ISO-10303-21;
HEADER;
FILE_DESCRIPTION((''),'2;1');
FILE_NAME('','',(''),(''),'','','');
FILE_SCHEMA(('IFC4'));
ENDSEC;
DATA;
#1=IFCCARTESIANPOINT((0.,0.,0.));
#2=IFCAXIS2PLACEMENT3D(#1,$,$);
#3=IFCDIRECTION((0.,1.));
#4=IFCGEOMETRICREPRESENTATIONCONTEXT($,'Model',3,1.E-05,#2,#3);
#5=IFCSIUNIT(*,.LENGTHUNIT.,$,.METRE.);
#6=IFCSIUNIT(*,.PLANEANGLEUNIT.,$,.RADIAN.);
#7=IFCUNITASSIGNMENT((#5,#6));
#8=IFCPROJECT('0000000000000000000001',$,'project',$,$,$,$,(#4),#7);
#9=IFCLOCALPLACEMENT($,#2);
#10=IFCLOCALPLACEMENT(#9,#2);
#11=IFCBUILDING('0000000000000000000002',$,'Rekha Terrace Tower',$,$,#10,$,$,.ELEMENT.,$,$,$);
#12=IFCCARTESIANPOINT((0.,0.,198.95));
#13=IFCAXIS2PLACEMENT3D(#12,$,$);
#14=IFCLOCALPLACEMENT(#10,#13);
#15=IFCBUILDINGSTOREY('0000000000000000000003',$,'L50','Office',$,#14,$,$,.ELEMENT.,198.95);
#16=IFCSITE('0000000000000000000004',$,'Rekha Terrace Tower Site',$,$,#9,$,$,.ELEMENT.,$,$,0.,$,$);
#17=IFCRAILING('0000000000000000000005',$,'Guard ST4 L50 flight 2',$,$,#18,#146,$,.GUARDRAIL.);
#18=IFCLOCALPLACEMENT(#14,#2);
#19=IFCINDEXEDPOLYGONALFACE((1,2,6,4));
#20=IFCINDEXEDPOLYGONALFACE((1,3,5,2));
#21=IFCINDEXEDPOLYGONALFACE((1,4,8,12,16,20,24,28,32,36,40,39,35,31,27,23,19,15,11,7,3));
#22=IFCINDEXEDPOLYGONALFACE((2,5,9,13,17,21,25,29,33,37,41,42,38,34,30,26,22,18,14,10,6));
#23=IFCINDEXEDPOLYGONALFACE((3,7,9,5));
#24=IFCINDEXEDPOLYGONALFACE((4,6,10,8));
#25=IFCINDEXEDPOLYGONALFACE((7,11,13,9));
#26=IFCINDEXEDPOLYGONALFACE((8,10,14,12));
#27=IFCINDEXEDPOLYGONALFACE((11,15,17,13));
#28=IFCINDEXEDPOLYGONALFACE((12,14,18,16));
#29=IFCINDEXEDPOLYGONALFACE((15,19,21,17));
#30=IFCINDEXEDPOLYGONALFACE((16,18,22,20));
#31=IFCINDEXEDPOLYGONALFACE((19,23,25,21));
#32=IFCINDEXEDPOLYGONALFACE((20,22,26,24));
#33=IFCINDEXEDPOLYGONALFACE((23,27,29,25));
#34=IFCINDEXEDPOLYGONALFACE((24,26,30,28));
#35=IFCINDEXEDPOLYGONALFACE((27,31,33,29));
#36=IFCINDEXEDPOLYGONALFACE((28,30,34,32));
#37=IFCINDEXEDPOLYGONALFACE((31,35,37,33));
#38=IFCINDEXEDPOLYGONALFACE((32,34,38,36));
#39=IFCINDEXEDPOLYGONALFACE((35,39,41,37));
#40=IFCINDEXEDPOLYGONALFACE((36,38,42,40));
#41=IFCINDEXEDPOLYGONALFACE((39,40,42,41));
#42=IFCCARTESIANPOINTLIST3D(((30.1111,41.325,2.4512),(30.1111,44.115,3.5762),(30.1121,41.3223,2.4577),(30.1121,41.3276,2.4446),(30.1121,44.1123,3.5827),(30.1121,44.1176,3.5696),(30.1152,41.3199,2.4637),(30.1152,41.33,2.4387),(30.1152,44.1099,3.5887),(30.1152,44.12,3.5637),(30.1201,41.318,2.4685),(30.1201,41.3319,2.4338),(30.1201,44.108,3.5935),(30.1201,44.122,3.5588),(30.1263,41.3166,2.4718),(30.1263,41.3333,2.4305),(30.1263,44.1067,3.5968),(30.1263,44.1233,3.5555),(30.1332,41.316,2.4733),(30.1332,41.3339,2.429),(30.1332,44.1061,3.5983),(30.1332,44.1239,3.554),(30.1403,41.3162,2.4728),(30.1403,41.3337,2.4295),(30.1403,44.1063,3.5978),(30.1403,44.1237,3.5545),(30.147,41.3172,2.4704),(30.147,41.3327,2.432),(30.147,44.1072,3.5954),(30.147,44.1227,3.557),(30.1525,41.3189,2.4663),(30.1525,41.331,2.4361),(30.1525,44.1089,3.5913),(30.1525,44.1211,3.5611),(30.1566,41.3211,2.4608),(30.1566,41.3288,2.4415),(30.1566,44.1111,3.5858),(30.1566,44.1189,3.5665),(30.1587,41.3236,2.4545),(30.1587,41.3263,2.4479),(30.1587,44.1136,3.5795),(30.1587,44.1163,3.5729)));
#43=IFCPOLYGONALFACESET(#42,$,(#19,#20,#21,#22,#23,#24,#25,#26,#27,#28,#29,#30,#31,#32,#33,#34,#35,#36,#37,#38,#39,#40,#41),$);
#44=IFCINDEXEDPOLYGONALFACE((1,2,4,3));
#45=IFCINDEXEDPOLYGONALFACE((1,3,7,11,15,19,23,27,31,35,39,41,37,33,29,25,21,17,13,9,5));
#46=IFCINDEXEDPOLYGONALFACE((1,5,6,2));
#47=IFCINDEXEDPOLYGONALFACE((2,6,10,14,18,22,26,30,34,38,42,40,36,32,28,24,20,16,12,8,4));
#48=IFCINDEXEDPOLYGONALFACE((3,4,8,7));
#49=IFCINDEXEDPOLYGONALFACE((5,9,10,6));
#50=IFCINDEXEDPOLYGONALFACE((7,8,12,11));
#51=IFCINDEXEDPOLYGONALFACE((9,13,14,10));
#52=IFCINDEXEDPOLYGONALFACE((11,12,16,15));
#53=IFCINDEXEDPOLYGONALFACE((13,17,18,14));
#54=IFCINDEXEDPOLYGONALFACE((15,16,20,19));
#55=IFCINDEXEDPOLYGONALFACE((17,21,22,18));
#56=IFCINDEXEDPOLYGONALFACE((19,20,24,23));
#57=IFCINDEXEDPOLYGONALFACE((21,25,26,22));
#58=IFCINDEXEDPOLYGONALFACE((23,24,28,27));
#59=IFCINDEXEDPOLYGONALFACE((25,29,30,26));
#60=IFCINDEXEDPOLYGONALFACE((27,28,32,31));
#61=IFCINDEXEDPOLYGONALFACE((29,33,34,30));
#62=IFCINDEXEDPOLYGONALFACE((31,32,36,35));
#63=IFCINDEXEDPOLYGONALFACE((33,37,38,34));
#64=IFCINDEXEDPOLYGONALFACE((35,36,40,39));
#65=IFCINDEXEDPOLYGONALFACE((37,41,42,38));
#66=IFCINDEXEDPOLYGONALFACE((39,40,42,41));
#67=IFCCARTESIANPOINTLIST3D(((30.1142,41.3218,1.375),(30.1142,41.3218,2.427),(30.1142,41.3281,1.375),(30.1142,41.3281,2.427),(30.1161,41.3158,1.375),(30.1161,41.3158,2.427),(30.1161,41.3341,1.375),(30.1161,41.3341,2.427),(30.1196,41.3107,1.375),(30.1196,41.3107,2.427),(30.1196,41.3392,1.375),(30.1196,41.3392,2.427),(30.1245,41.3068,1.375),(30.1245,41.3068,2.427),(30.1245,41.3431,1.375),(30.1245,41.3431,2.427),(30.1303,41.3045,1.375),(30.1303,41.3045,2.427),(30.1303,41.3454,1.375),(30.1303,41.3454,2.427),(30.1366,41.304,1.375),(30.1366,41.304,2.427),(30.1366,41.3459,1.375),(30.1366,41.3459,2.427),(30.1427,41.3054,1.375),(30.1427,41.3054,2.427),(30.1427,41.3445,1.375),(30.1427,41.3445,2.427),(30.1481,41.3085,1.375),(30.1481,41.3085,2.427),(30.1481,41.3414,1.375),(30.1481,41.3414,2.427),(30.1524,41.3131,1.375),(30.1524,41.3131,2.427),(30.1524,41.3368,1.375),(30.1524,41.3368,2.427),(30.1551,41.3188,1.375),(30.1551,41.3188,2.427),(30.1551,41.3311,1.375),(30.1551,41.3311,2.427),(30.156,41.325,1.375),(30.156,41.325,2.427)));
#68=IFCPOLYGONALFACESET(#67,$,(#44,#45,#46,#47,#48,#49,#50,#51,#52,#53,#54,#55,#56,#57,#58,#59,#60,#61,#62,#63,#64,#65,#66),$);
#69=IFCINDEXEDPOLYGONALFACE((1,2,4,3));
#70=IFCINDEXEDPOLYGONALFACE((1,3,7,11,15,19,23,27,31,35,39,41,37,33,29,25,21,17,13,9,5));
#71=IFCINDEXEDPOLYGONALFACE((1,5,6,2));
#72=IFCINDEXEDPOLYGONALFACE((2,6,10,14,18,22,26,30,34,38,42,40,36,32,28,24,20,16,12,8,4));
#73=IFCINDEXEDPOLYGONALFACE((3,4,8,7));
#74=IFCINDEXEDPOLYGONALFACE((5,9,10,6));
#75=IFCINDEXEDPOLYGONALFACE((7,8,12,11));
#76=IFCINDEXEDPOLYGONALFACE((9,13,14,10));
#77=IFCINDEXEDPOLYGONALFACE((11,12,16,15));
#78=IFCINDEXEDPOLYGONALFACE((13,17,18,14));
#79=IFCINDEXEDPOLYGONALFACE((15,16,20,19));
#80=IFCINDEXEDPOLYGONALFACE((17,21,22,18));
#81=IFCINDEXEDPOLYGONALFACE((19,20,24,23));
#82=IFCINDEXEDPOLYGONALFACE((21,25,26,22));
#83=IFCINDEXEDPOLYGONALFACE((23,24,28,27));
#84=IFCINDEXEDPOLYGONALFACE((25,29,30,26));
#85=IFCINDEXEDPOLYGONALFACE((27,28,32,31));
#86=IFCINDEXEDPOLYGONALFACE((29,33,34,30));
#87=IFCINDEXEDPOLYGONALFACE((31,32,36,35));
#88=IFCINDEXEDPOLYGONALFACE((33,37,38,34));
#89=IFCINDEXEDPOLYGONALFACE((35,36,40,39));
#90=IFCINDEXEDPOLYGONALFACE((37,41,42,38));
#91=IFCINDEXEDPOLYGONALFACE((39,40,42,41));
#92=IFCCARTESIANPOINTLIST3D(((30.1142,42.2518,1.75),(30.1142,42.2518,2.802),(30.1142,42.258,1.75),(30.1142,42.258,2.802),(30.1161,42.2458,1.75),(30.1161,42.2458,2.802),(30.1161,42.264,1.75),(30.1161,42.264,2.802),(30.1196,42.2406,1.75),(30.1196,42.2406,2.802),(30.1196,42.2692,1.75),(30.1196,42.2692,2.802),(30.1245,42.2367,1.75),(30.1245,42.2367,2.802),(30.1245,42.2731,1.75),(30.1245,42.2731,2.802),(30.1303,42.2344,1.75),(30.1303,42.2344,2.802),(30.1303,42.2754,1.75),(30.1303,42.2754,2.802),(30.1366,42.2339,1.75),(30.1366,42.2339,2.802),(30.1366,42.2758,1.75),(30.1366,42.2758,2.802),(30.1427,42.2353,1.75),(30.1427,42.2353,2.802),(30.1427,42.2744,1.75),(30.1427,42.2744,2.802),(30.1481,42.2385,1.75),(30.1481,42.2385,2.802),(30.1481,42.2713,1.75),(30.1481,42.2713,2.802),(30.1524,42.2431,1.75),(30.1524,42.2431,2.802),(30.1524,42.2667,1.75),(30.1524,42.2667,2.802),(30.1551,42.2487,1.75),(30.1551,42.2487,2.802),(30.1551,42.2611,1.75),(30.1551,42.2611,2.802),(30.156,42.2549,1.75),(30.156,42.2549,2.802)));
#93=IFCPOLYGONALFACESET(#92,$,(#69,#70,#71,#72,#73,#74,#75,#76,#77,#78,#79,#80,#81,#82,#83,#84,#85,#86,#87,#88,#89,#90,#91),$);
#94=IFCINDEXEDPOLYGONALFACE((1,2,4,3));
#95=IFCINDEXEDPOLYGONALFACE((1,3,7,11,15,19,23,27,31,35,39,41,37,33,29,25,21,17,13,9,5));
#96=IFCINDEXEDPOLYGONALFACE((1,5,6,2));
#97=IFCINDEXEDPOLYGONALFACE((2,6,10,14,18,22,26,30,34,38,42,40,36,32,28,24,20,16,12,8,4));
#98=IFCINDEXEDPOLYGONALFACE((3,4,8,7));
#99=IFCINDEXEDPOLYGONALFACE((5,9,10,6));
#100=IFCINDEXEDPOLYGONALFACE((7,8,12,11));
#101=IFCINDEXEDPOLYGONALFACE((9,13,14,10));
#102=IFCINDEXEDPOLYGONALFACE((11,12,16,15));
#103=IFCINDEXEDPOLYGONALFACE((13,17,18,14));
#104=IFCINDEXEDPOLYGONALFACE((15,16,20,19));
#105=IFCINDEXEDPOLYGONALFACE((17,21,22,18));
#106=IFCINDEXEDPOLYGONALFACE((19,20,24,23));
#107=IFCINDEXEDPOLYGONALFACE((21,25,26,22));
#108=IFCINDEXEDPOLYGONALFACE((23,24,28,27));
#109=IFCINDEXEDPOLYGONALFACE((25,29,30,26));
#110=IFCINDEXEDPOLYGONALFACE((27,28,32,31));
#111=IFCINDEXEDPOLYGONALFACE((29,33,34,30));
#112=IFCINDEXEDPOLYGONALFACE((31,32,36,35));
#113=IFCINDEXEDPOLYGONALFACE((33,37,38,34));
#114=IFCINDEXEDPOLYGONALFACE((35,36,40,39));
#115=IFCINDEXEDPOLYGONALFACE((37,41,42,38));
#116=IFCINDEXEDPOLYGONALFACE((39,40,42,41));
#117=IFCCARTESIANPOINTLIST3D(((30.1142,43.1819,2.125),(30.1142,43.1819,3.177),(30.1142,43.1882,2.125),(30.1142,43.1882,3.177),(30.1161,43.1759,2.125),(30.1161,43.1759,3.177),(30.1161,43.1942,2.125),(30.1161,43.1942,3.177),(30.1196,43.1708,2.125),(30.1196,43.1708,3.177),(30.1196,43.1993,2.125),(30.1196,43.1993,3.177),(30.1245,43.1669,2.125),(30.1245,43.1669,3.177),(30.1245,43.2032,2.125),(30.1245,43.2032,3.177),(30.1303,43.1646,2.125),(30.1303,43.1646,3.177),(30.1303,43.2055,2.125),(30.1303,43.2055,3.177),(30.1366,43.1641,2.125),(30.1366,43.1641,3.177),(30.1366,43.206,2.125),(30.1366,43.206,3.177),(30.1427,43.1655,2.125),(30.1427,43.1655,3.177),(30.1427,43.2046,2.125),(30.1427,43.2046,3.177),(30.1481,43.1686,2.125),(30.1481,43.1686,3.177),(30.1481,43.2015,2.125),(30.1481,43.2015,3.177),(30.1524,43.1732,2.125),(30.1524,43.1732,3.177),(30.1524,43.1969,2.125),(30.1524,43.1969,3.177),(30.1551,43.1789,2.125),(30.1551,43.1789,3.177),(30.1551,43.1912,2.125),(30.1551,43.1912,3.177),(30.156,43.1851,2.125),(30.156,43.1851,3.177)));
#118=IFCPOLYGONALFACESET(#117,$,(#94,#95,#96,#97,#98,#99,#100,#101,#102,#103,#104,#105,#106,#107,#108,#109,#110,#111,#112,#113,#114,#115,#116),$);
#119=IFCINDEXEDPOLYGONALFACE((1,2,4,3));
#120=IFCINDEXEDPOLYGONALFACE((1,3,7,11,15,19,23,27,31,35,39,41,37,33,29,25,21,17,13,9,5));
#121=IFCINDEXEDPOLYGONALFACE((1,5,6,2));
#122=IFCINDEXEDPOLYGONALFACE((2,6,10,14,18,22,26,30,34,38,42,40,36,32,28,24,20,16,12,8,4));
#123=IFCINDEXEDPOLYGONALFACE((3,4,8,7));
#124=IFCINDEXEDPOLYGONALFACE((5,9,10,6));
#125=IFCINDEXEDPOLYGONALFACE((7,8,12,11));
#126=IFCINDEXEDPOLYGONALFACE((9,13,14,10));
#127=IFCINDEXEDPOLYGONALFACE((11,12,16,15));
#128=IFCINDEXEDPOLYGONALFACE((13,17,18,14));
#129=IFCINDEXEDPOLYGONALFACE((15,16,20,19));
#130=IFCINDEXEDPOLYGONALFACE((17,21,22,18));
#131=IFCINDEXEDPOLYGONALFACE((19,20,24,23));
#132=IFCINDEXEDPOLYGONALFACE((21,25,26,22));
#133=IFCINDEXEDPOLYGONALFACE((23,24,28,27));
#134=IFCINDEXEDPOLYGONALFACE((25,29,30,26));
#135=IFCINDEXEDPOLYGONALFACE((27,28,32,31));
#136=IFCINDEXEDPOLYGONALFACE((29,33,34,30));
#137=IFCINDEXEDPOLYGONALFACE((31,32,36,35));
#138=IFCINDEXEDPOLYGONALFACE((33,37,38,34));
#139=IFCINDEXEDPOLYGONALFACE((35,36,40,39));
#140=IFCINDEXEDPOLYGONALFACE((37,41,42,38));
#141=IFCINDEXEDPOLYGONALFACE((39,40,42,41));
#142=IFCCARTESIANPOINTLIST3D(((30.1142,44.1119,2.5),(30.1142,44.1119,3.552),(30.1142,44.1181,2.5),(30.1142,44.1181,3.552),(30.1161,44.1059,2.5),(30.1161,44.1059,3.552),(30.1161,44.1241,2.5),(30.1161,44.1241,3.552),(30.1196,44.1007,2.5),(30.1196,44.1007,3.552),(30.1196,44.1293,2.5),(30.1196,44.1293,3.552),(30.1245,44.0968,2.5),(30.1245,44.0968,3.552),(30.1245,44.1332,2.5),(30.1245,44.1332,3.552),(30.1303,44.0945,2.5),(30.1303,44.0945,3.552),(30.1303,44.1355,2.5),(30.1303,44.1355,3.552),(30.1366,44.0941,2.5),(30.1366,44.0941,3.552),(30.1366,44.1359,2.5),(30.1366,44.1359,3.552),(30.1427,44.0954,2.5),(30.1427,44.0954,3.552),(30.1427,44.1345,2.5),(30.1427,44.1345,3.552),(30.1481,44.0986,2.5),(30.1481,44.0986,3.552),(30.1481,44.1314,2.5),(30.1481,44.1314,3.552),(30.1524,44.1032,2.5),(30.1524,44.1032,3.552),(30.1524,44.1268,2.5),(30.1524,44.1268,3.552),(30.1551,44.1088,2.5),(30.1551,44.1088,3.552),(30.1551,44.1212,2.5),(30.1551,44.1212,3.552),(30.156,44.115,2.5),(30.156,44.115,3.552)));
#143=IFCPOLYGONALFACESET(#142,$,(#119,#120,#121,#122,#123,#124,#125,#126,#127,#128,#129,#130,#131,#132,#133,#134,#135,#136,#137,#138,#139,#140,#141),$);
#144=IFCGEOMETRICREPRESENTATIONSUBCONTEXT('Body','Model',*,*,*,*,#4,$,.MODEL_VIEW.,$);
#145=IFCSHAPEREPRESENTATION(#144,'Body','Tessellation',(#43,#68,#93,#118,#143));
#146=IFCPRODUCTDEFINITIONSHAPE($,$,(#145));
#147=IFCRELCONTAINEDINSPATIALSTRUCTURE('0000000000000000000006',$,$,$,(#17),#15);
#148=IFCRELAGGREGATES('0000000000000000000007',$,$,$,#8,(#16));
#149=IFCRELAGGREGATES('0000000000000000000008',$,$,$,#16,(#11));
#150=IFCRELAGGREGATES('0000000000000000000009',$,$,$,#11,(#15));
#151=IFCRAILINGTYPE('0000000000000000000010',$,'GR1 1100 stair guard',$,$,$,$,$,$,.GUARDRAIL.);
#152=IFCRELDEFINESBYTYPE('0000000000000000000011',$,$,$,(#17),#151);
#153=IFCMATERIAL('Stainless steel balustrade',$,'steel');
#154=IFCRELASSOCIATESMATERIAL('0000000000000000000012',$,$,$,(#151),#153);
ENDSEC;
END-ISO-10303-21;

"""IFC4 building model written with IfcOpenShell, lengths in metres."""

from ifc_helpers import new_model, si_unit, direction, frame, origin, origin_2d, place, context, subcontext, project, spatial, circle, extrude, material, type_object, element, save


model = new_model("IFC4")

# Units and contexts
model_context = context("Model", 3, precision=1e-05, world=origin(), true_north=direction((0.0, 1.0)))
body_context = subcontext(model_context, "Body", "Model", "MODEL_VIEW")
ifc_project = project(units=[si_unit("LENGTHUNIT", "METRE"), si_unit("PLANEANGLEUNIT", "RADIAN")], contexts=[model_context])

# Site, building, storey
site_placement = place(None, origin())
site = spatial("IfcSite", under=ifc_project, at=site_placement, Name="Rekha Terrace Tower Site", CompositionType="ELEMENT", RefElevation=0.0)
building_placement = place(site_placement, origin())
building = spatial("IfcBuilding", under=site, at=building_placement, Name="Rekha Terrace Tower", CompositionType="ELEMENT")
storey_placement = place(building_placement, frame((0.0, 0.0, 198.95)))
storey = spatial("IfcBuildingStorey", under=building, at=storey_placement, Name="L50", Description="Office", CompositionType="ELEMENT", Elevation=198.95)

# Railing
ifc_material_1 = material(Name="Stainless steel balustrade", Category="steel")
railing_type_1 = type_object("IfcRailingType", Name="GR1 1100 stair guard", PredefinedType="GUARDRAIL", material=ifc_material_1)
railing_1_placement = place(storey_placement, frame((30.135, 41.325, 1.375)))
element("IfcRailing", 1, at=railing_1_placement, inside=storey, type_object=railing_type_1, Name="Guard ST4 L50 flight 2", PredefinedType="GUARDRAIL", context=body_context, shape_type="SweptSolid", body=[
    extrude(circle(Radius=0.0239, at=origin_2d()), frame((0.0, 0.0, 1.0762), z_axis=(0.0, 0.927443, 0.373964), x_axis=(-1.0, 0.0, 0.0)), (0.0, 0.0, 1.0), 3.0083),
    extrude(circle(Radius=0.021, at=origin_2d()), origin(), (0.0, 0.0, 1.0), 1.052),
    extrude(circle(Radius=0.021, at=origin_2d()), frame((0.0, 0.9299, 0.375)), (0.0, 0.0, 1.0), 1.052),
    extrude(circle(Radius=0.021, at=origin_2d()), frame((0.0, 1.8601, 0.75)), (0.0, 0.0, 1.0), 1.052),
    extrude(circle(Radius=0.021, at=origin_2d()), frame((0.0, 2.79, 1.125)), (0.0, 0.0, 1.0), 1.052),
])

save(model, "model.ifc")
